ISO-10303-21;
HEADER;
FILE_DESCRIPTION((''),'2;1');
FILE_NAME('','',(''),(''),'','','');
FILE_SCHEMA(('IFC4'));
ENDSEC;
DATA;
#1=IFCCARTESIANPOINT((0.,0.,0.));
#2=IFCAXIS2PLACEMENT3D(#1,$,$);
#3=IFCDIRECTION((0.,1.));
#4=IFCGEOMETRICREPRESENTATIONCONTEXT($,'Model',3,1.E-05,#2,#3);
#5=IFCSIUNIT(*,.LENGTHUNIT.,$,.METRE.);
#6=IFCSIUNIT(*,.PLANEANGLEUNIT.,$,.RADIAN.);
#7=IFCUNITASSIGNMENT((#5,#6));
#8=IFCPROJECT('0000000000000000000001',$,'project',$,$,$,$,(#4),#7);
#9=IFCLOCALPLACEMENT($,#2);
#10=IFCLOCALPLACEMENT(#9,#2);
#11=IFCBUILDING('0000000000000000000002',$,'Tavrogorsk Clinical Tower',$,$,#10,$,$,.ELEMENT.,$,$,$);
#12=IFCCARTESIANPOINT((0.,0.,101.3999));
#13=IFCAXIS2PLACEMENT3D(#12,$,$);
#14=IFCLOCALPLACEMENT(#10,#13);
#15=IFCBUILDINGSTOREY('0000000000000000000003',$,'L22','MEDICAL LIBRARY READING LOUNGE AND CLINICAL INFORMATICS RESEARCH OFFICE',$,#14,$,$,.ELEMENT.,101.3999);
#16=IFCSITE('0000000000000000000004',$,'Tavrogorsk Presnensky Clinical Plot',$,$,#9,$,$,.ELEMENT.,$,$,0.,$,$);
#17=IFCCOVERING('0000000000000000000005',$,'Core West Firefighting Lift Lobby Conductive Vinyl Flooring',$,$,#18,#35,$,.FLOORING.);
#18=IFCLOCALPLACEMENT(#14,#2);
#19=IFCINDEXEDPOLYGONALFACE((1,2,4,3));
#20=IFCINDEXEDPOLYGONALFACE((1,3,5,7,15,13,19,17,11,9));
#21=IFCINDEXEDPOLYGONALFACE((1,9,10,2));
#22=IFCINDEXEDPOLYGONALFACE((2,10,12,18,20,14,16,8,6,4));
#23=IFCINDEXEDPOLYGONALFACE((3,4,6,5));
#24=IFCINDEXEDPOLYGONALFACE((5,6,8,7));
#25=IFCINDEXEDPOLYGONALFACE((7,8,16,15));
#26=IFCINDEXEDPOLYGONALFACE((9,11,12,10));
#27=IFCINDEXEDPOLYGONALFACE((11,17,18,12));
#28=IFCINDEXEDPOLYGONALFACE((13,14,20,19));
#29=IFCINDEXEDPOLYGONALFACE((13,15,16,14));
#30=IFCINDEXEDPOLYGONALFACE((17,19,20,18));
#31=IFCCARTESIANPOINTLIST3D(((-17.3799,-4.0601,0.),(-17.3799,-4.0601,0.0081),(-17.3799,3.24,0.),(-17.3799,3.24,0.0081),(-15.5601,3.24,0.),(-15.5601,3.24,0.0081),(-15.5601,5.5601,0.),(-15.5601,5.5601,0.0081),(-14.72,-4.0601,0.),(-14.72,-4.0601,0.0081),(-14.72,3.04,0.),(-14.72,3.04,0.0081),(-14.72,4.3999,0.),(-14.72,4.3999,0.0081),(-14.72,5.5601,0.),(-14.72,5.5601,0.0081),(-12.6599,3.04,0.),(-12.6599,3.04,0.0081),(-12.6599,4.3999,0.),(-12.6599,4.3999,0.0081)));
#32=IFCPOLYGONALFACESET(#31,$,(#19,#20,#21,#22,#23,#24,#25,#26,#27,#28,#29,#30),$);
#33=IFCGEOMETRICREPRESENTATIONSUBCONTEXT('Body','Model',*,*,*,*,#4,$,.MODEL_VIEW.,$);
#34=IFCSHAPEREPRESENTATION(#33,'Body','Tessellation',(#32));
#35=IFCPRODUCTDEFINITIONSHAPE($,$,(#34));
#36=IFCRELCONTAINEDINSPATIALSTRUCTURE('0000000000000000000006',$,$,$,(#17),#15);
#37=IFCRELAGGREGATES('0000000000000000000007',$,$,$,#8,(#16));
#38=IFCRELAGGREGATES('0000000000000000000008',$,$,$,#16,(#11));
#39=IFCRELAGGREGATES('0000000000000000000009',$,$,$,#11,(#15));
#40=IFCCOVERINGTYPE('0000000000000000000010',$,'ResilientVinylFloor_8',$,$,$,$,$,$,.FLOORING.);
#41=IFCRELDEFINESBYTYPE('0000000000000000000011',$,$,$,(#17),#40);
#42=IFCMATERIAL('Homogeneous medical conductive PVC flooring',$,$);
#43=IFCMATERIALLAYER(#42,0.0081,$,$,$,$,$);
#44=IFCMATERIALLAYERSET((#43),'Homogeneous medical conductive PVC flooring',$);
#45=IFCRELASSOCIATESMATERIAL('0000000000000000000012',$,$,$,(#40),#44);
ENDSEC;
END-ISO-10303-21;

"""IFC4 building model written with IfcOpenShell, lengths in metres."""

from ifc_helpers import new_model, si_unit, direction, frame, origin, place, context, subcontext, project, spatial, polyline, outline, extrude, material, layer, layer_set, type_object, element, save


model = new_model("IFC4")

# Units and contexts
model_context = context("Model", 3, precision=1e-05, world=origin(), true_north=direction((0.0, 1.0)))
body_context = subcontext(model_context, "Body", "Model", "MODEL_VIEW")
ifc_project = project(units=[si_unit("LENGTHUNIT", "METRE"), si_unit("PLANEANGLEUNIT", "RADIAN")], contexts=[model_context])

# Site, building, storey
site_placement = place(None, origin())
site = spatial("IfcSite", under=ifc_project, at=site_placement, Name="Tavrogorsk Presnensky Clinical Plot", CompositionType="ELEMENT", RefElevation=0.0)
building_placement = place(site_placement, origin())
building = spatial("IfcBuilding", under=site, at=building_placement, Name="Tavrogorsk Clinical Tower", CompositionType="ELEMENT")
storey_placement = place(building_placement, frame((0.0, 0.0, 101.3999)))
storey = spatial("IfcBuildingStorey", under=building, at=storey_placement, Name="L22", Description="MEDICAL LIBRARY READING LOUNGE AND CLINICAL INFORMATICS RESEARCH OFFICE", CompositionType="ELEMENT", Elevation=101.3999)

# Covering
ifc_material_1 = material(Name="Homogeneous medical conductive PVC flooring")
ifc_layer_1 = layer(ifc_material_1, 0.0081)
ifc_layer_set_1 = layer_set([ifc_layer_1], Name="Homogeneous medical conductive PVC flooring")
covering_type_1 = type_object("IfcCoveringType", Name="ResilientVinylFloor_8", PredefinedType="FLOORING", material=ifc_layer_set_1)
covering_1_placement = place(storey_placement, origin())
element("IfcCovering", 1, at=covering_1_placement, inside=storey, type_object=covering_type_1, Name="Core West Firefighting Lift Lobby Conductive Vinyl Flooring", PredefinedType="FLOORING", context=body_context, shape_type="SweptSolid", body=[
    extrude(outline(polyline([(-17.3799, -4.0601), (-17.3799, 3.24), (-15.5601, 3.24), (-15.5601, 5.5601), (-14.72, 5.5601), (-14.72, 4.3999), (-12.6599, 4.3999), (-12.6599, 3.04), (-14.72, 3.04), (-14.72, -4.0601), (-17.3799, -4.0601)])), origin(), (0.0, 0.0, 1.0), 0.0081),
])

save(model, "model.ifc")
